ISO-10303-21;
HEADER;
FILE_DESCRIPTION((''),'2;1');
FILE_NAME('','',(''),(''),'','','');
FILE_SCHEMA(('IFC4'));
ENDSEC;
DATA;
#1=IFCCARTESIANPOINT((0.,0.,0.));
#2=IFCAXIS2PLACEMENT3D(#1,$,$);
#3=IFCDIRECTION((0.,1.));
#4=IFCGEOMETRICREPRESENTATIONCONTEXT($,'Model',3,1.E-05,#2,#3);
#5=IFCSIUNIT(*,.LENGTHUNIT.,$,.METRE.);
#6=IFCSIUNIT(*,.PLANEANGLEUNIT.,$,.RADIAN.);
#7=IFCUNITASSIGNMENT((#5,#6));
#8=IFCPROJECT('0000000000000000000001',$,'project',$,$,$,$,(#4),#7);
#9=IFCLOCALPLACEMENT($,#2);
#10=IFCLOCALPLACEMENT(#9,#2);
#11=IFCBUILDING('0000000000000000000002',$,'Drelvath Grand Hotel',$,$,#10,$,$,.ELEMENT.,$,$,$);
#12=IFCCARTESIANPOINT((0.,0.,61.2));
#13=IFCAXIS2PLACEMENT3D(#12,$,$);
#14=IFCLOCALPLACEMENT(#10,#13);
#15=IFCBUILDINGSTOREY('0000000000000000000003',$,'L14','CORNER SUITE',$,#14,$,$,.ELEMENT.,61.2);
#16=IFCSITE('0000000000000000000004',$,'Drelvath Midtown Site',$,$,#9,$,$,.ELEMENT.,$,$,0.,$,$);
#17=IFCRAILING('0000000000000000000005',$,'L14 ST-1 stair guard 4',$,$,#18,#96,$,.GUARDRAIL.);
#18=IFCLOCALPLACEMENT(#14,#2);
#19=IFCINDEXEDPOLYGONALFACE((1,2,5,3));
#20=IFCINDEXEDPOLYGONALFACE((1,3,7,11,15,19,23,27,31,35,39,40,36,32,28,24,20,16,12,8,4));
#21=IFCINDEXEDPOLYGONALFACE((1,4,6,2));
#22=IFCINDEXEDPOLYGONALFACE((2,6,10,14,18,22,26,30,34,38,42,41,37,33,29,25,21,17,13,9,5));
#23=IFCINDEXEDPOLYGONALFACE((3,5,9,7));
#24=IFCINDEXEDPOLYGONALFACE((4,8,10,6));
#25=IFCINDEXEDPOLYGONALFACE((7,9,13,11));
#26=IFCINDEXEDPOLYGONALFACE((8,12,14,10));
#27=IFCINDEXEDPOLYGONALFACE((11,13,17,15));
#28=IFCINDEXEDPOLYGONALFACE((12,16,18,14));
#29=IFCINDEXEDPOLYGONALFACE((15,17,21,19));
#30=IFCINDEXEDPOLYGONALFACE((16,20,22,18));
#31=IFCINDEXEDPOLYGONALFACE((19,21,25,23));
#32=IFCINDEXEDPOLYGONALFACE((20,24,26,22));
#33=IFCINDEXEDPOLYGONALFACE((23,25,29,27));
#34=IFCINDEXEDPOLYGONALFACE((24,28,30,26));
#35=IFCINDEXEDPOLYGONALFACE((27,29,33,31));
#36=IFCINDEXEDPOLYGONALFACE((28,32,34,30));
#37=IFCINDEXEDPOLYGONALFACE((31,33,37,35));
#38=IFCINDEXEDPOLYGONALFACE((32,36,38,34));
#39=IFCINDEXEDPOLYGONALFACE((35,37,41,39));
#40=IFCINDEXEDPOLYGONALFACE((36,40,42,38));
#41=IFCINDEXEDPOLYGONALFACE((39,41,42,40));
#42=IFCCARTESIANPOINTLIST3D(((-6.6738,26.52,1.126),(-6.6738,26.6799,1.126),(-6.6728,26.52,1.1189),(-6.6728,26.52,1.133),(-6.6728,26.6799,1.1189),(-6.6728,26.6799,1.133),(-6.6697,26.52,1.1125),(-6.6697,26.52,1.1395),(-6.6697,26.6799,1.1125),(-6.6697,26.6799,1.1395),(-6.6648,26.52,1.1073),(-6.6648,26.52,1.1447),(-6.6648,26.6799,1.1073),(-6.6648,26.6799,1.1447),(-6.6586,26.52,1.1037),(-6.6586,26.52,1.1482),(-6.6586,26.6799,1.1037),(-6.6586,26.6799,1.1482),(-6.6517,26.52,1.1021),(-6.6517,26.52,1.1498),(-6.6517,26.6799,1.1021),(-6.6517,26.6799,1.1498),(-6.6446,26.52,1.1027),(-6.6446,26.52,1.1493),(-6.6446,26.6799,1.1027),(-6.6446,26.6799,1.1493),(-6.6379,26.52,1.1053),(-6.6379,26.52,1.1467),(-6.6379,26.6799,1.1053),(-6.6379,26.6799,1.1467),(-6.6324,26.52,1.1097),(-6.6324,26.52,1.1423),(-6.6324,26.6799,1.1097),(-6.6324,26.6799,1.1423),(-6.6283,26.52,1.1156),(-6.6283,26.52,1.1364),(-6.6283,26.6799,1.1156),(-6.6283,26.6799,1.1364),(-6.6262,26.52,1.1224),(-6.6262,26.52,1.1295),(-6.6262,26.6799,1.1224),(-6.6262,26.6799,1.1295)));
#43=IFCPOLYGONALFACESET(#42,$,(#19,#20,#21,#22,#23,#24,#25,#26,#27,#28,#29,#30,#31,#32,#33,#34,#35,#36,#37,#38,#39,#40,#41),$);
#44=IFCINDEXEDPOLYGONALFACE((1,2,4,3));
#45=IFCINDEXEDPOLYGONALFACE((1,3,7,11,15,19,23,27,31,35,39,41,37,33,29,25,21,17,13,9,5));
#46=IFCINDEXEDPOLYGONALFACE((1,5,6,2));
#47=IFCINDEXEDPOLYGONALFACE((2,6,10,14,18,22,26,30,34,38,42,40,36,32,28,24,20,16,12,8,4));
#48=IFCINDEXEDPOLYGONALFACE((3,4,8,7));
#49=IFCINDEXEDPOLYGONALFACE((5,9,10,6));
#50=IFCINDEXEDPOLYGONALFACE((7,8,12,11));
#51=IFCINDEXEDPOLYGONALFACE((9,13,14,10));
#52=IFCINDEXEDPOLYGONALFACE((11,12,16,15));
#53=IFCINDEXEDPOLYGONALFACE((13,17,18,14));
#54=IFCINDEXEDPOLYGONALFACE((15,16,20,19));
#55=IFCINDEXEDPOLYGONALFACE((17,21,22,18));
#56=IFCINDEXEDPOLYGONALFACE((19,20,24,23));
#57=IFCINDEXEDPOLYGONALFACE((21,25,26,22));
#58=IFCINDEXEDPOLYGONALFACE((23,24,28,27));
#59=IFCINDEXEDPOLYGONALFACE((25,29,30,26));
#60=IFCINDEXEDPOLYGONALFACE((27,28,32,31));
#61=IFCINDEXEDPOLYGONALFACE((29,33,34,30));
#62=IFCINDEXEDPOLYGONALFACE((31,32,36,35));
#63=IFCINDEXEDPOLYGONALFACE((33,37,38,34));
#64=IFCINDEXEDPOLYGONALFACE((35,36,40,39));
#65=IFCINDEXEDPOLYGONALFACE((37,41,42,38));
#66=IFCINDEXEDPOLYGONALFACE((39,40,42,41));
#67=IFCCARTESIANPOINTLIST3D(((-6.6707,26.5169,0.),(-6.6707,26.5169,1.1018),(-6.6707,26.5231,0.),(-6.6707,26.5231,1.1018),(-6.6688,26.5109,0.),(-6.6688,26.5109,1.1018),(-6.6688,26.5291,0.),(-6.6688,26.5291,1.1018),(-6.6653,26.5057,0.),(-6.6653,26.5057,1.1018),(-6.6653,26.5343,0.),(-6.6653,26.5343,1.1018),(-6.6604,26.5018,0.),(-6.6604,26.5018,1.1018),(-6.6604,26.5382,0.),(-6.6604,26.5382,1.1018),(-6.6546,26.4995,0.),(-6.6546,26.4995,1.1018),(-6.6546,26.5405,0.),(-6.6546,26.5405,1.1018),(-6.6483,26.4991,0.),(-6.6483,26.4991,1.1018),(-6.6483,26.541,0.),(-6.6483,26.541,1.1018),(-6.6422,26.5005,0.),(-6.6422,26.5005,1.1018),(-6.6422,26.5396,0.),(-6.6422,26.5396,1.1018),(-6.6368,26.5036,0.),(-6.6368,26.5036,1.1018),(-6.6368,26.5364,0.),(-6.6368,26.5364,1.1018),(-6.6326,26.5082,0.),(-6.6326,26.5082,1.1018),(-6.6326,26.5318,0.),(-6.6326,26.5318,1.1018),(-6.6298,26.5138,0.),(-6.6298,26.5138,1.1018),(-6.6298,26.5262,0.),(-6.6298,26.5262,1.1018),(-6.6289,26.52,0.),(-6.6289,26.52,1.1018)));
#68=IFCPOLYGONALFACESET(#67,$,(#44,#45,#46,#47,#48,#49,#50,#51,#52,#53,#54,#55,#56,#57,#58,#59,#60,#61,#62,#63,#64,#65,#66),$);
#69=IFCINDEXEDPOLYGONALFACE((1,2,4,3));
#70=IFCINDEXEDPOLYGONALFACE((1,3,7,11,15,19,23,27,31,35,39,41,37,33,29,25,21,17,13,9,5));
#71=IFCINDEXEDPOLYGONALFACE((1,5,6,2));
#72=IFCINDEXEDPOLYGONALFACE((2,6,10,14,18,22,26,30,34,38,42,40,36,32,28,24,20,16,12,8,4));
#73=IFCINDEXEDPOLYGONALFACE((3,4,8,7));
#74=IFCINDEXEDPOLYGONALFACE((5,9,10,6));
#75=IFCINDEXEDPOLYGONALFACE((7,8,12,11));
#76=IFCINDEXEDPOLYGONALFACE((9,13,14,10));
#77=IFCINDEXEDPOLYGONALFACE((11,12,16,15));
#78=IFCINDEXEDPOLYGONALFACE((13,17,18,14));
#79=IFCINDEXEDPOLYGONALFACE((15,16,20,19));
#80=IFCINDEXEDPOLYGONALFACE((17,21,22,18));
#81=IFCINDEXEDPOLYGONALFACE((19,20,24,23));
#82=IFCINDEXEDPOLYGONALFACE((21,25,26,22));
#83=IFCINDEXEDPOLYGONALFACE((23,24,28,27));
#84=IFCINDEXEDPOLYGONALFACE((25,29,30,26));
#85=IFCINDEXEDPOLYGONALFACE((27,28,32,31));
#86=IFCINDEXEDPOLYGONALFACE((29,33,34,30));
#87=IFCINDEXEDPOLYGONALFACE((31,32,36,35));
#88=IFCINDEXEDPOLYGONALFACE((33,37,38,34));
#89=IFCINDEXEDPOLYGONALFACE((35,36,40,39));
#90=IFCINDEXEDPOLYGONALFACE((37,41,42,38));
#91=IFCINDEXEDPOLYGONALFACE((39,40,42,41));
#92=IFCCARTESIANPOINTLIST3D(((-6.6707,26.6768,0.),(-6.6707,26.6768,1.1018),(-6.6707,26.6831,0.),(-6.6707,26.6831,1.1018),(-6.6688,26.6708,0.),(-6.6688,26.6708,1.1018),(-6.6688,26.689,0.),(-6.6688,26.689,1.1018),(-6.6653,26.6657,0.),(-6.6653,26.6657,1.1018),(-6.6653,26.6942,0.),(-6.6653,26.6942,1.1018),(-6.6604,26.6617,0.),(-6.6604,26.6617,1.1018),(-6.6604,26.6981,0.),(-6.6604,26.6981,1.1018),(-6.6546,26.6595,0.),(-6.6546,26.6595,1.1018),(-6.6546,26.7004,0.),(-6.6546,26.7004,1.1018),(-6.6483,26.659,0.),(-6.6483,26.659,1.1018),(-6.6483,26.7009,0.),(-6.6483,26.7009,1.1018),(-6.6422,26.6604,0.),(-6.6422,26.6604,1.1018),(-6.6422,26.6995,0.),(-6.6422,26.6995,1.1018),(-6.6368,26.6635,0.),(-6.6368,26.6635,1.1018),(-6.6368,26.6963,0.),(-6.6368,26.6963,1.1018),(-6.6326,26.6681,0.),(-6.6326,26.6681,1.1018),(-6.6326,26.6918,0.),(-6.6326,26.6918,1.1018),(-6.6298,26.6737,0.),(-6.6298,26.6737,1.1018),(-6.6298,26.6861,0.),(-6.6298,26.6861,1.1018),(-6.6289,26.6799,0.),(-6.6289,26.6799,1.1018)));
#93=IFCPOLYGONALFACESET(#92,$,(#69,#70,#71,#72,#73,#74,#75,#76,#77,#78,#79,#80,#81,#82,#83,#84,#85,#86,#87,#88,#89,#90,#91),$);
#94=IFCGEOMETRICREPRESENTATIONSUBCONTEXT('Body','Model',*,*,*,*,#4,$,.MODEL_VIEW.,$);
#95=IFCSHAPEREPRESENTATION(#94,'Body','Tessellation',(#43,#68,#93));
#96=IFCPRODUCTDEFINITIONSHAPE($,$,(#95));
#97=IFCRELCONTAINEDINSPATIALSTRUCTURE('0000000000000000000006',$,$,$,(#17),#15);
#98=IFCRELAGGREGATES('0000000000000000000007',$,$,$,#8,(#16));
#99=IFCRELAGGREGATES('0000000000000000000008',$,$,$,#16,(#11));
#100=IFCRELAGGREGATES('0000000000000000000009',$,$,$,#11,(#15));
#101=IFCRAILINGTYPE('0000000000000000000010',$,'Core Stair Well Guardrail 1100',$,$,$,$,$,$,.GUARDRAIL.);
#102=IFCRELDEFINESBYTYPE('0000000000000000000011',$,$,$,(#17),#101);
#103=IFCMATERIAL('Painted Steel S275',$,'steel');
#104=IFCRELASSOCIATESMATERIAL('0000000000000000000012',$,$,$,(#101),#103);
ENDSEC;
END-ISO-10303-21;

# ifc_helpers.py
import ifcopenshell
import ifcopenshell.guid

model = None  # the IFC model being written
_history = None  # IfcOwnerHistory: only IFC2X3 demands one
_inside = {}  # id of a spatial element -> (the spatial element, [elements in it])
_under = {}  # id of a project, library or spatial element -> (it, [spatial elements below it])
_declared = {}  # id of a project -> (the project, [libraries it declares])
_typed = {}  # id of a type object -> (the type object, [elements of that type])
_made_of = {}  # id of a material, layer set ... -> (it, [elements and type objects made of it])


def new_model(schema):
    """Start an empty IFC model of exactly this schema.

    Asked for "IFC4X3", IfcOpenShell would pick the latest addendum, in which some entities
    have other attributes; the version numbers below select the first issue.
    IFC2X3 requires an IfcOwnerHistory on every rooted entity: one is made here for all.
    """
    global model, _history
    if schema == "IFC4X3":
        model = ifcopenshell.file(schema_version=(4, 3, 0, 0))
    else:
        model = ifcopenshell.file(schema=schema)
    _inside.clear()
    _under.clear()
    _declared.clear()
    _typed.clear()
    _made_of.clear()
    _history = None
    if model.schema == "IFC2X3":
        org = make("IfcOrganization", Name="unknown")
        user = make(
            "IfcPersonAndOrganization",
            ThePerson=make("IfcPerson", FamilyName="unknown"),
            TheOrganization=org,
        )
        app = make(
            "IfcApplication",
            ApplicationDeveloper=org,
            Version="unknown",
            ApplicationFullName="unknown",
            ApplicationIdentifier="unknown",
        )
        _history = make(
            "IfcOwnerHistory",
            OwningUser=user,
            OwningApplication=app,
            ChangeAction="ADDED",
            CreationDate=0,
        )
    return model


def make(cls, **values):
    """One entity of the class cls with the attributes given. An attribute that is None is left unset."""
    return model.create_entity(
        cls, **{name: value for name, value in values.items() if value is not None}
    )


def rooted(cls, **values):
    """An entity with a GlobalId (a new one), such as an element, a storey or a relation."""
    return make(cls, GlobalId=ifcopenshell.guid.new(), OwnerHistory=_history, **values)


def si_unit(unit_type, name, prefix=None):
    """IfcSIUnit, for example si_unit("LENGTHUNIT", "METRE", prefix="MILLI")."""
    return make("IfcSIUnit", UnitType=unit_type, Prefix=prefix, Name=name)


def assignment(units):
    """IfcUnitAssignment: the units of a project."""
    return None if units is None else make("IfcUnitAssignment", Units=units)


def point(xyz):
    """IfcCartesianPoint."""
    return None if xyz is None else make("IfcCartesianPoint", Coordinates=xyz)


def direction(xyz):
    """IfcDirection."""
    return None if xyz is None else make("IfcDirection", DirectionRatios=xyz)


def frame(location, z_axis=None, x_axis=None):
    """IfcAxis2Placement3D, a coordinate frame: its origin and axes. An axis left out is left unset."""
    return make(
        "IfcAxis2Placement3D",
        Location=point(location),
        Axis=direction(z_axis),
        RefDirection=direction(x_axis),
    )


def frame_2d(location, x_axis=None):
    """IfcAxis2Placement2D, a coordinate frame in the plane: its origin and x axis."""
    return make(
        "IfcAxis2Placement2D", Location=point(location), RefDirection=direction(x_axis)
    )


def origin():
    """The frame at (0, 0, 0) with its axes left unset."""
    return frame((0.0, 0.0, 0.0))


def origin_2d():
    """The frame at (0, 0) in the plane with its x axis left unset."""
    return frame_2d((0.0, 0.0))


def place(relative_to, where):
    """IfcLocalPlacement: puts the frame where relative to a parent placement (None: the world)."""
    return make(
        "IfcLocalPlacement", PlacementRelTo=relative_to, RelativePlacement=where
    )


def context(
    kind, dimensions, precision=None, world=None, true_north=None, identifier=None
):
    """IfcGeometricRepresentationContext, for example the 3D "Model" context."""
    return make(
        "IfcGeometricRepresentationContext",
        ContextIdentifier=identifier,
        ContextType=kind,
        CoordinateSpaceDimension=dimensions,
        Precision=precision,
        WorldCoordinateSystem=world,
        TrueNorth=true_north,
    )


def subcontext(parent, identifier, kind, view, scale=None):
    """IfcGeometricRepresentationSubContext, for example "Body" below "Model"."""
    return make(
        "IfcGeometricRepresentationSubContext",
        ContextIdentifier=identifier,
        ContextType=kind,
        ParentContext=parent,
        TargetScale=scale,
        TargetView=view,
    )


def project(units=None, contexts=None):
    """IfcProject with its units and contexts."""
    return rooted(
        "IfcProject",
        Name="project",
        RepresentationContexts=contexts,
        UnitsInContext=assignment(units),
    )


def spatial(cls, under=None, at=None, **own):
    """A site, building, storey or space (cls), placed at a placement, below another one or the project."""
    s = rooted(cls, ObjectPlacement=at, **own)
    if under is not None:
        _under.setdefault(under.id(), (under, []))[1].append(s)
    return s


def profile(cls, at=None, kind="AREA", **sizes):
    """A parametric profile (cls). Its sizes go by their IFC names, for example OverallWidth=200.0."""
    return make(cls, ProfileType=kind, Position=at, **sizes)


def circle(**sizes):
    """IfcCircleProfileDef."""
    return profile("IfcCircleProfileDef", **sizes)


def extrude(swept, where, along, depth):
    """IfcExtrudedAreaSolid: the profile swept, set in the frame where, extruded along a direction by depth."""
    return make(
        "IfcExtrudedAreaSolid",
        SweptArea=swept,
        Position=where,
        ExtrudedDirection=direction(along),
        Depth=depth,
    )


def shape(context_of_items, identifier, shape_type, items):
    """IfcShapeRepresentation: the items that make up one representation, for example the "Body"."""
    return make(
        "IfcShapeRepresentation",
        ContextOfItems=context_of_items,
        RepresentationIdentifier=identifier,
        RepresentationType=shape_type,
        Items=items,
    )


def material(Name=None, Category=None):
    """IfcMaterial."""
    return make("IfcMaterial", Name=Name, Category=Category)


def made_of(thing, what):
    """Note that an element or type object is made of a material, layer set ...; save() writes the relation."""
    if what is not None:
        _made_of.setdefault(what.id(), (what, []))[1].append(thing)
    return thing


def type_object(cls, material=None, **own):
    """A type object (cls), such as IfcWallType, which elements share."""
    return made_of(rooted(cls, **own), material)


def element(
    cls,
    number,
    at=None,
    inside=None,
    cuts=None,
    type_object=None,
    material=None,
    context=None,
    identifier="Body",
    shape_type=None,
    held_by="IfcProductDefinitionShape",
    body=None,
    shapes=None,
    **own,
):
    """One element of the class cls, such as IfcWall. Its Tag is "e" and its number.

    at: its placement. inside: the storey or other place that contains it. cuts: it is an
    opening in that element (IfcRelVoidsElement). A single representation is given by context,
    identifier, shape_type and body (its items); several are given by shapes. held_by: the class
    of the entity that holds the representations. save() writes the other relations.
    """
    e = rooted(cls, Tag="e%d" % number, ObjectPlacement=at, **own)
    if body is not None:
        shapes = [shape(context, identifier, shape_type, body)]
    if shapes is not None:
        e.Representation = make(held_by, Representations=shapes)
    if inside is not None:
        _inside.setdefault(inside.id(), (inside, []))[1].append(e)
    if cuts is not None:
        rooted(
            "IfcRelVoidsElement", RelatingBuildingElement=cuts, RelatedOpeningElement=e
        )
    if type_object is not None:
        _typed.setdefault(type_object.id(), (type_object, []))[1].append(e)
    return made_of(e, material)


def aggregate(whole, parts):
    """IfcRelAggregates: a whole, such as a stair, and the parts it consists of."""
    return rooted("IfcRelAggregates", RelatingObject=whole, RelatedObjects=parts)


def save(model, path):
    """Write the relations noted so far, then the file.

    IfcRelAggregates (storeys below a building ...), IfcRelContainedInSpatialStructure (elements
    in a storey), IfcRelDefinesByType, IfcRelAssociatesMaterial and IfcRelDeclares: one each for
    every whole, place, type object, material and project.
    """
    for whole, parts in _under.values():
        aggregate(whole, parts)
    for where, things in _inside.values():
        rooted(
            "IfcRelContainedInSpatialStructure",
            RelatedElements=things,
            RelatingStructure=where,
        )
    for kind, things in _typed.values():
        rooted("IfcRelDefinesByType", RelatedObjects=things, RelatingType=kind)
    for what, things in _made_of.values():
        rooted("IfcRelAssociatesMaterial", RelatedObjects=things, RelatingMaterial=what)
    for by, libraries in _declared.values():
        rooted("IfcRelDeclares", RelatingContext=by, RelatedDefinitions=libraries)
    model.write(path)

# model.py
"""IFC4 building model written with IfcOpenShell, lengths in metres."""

from ifc_helpers import new_model, si_unit, direction, frame, origin, origin_2d, place, context, subcontext, project, spatial, circle, extrude, material, type_object, element, save


model = new_model("IFC4")

# Units and contexts
model_context = context("Model", 3, precision=1e-05, world=origin(), true_north=direction((0.0, 1.0)))
body_context = subcontext(model_context, "Body", "Model", "MODEL_VIEW")
ifc_project = project(units=[si_unit("LENGTHUNIT", "METRE"), si_unit("PLANEANGLEUNIT", "RADIAN")], contexts=[model_context])

# Site, building, storey
site_placement = place(None, origin())
site = spatial("IfcSite", under=ifc_project, at=site_placement, Name="Drelvath Midtown Site", CompositionType="ELEMENT", RefElevation=0.0)
building_placement = place(site_placement, origin())
building = spatial("IfcBuilding", under=site, at=building_placement, Name="Drelvath Grand Hotel", CompositionType="ELEMENT")
storey_placement = place(building_placement, frame((0.0, 0.0, 61.2)))
storey = spatial("IfcBuildingStorey", under=building, at=storey_placement, Name="L14", Description="CORNER SUITE", CompositionType="ELEMENT", Elevation=61.2)

# Shared definitions
ifc_material_1 = material(Name="Painted Steel S275", Category="steel")

# Railing
railing_type_1 = type_object("IfcRailingType", Name="Core Stair Well Guardrail 1100", PredefinedType="GUARDRAIL", material=ifc_material_1)
railing_1_placement = place(storey_placement, frame((-6.6499, 26.52, 0.0)))
element("IfcRailing", 1, at=railing_1_placement, inside=storey, type_object=railing_type_1, Name="L14 ST-1 stair guard 4", PredefinedType="GUARDRAIL", context=body_context, shape_type="SweptSolid", body=[
    extrude(circle(Radius=0.0239, at=origin_2d()), frame((0.0, 0.0, 1.126), z_axis=(0.0, 1.0, 0.0), x_axis=(-1.0, 0.0, 0.0)), (0.0, 0.0, 1.0), 0.1599),
    extrude(circle(Radius=0.021, at=origin_2d()), origin(), (0.0, 0.0, 1.0), 1.1018),
    extrude(circle(Radius=0.021, at=origin_2d()), frame((0.0, 0.1599, 0.0)), (0.0, 0.0, 1.0), 1.1018),
])

save(model, "model.ifc")
